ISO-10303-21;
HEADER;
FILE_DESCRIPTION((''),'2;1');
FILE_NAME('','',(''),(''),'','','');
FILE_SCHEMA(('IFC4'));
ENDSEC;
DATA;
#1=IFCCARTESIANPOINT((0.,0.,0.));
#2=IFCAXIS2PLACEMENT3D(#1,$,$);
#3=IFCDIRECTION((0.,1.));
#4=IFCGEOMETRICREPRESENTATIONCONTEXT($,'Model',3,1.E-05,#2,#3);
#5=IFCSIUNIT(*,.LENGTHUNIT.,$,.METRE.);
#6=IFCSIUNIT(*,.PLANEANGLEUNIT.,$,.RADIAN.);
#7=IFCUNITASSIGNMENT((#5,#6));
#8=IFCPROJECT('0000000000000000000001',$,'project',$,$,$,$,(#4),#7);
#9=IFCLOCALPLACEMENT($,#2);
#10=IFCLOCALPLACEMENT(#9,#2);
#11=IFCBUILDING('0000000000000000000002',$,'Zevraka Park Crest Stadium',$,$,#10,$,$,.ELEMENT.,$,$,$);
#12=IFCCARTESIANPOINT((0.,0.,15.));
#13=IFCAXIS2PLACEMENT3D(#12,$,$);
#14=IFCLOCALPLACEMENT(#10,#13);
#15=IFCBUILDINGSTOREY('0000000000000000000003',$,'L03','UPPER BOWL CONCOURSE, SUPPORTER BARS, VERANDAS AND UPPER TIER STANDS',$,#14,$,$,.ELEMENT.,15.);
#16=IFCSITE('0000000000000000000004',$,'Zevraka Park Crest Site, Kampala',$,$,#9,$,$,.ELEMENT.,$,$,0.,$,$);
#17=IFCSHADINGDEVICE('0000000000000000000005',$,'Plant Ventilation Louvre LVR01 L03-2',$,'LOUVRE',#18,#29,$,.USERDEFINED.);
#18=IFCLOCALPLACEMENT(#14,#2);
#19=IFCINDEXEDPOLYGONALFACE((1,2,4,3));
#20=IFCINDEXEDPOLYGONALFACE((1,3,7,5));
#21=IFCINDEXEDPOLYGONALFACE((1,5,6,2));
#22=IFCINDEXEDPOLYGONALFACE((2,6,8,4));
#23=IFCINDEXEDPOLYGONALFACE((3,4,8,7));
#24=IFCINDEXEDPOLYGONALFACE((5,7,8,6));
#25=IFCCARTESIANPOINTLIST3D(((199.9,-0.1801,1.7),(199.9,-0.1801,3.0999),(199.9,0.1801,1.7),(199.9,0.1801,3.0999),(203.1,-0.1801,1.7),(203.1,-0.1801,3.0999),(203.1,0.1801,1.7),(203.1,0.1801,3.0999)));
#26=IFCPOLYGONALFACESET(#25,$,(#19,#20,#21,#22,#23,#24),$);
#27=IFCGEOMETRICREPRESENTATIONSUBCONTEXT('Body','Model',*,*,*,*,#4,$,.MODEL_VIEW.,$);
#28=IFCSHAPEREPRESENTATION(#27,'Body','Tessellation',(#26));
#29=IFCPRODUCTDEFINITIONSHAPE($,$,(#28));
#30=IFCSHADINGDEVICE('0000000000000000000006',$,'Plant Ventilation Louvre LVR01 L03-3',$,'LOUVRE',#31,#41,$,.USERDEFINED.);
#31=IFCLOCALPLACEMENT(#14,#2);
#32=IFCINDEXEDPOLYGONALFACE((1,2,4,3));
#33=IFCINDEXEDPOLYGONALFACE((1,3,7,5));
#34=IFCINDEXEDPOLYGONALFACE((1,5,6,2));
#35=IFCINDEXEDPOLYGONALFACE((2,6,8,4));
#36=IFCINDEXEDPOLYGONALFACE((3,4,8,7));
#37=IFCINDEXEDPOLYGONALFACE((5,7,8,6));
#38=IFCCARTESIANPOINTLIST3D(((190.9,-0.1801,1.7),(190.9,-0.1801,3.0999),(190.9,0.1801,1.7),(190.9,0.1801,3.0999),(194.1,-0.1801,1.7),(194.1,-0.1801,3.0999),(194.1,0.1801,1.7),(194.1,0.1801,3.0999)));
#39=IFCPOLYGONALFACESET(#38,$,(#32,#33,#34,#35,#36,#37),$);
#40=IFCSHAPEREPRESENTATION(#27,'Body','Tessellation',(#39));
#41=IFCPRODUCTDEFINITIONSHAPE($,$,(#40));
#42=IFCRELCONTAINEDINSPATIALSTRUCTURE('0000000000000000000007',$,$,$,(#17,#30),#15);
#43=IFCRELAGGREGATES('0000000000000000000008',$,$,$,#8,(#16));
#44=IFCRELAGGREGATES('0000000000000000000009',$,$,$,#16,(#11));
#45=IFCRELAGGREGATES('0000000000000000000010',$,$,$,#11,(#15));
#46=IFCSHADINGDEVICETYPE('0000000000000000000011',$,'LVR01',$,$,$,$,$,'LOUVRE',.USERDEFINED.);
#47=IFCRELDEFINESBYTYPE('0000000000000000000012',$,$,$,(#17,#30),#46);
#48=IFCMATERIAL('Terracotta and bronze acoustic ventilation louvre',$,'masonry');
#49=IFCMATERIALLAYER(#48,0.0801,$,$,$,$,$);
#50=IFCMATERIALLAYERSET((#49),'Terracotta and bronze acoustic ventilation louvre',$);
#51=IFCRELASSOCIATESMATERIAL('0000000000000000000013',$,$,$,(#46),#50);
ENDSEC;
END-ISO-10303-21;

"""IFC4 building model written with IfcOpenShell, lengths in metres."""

from ifc_helpers import new_model, si_unit, direction, frame, origin, origin_2d, place, context, subcontext, project, spatial, rectangle, extrude, material, layer, layer_set, type_object, element, save


model = new_model("IFC4")

# Units and contexts
model_context = context("Model", 3, precision=1e-05, world=origin(), true_north=direction((0.0, 1.0)))
body_context = subcontext(model_context, "Body", "Model", "MODEL_VIEW")
ifc_project = project(units=[si_unit("LENGTHUNIT", "METRE"), si_unit("PLANEANGLEUNIT", "RADIAN")], contexts=[model_context])

# Site, building, storey
site_placement = place(None, origin())
site = spatial("IfcSite", under=ifc_project, at=site_placement, Name="Zevraka Park Crest Site, Kampala", CompositionType="ELEMENT", RefElevation=0.0)
building_placement = place(site_placement, origin())
building = spatial("IfcBuilding", under=site, at=building_placement, Name="Zevraka Park Crest Stadium", CompositionType="ELEMENT")
storey_placement = place(building_placement, frame((0.0, 0.0, 15.0)))
storey = spatial("IfcBuildingStorey", under=building, at=storey_placement, Name="L03", Description="UPPER BOWL CONCOURSE, SUPPORTER BARS, VERANDAS AND UPPER TIER STANDS", CompositionType="ELEMENT", Elevation=15.0)

# Shading devices
ifc_material_1 = material(Name="Terracotta and bronze acoustic ventilation louvre", Category="masonry")
ifc_layer_1 = layer(ifc_material_1, 0.0801)
ifc_layer_set_1 = layer_set([ifc_layer_1], Name="Terracotta and bronze acoustic ventilation louvre")
shading_device_type = type_object("IfcShadingDeviceType", Name="LVR01", ElementType="LOUVRE", PredefinedType="USERDEFINED", material=ifc_layer_set_1)
for number, where, z_axis, x_axis, name in (
    (1, (201.5, 0.0, 1.7), (0.0, 0.0, 1.0), (-1.0, 0.0, 0.0), "Plant Ventilation Louvre LVR01 L03-2"),
    (2, (192.5, 0.0, 1.7), (0.0, 0.0, 1.0), (-1.0, 0.0, 0.0), "Plant Ventilation Louvre LVR01 L03-3"),
):
    element("IfcShadingDevice", number, at=place(storey_placement, frame(where, z_axis=z_axis, x_axis=x_axis)), inside=storey, type_object=shading_device_type, Name=name, ObjectType="LOUVRE", PredefinedType="USERDEFINED", context=body_context, shape_type="SweptSolid", body=[
        extrude(rectangle(XDim=3.2, YDim=0.3601, at=origin_2d()), origin(), (0.0, 0.0, 1.0), 1.3999),
    ])

save(model, "model.ifc")
